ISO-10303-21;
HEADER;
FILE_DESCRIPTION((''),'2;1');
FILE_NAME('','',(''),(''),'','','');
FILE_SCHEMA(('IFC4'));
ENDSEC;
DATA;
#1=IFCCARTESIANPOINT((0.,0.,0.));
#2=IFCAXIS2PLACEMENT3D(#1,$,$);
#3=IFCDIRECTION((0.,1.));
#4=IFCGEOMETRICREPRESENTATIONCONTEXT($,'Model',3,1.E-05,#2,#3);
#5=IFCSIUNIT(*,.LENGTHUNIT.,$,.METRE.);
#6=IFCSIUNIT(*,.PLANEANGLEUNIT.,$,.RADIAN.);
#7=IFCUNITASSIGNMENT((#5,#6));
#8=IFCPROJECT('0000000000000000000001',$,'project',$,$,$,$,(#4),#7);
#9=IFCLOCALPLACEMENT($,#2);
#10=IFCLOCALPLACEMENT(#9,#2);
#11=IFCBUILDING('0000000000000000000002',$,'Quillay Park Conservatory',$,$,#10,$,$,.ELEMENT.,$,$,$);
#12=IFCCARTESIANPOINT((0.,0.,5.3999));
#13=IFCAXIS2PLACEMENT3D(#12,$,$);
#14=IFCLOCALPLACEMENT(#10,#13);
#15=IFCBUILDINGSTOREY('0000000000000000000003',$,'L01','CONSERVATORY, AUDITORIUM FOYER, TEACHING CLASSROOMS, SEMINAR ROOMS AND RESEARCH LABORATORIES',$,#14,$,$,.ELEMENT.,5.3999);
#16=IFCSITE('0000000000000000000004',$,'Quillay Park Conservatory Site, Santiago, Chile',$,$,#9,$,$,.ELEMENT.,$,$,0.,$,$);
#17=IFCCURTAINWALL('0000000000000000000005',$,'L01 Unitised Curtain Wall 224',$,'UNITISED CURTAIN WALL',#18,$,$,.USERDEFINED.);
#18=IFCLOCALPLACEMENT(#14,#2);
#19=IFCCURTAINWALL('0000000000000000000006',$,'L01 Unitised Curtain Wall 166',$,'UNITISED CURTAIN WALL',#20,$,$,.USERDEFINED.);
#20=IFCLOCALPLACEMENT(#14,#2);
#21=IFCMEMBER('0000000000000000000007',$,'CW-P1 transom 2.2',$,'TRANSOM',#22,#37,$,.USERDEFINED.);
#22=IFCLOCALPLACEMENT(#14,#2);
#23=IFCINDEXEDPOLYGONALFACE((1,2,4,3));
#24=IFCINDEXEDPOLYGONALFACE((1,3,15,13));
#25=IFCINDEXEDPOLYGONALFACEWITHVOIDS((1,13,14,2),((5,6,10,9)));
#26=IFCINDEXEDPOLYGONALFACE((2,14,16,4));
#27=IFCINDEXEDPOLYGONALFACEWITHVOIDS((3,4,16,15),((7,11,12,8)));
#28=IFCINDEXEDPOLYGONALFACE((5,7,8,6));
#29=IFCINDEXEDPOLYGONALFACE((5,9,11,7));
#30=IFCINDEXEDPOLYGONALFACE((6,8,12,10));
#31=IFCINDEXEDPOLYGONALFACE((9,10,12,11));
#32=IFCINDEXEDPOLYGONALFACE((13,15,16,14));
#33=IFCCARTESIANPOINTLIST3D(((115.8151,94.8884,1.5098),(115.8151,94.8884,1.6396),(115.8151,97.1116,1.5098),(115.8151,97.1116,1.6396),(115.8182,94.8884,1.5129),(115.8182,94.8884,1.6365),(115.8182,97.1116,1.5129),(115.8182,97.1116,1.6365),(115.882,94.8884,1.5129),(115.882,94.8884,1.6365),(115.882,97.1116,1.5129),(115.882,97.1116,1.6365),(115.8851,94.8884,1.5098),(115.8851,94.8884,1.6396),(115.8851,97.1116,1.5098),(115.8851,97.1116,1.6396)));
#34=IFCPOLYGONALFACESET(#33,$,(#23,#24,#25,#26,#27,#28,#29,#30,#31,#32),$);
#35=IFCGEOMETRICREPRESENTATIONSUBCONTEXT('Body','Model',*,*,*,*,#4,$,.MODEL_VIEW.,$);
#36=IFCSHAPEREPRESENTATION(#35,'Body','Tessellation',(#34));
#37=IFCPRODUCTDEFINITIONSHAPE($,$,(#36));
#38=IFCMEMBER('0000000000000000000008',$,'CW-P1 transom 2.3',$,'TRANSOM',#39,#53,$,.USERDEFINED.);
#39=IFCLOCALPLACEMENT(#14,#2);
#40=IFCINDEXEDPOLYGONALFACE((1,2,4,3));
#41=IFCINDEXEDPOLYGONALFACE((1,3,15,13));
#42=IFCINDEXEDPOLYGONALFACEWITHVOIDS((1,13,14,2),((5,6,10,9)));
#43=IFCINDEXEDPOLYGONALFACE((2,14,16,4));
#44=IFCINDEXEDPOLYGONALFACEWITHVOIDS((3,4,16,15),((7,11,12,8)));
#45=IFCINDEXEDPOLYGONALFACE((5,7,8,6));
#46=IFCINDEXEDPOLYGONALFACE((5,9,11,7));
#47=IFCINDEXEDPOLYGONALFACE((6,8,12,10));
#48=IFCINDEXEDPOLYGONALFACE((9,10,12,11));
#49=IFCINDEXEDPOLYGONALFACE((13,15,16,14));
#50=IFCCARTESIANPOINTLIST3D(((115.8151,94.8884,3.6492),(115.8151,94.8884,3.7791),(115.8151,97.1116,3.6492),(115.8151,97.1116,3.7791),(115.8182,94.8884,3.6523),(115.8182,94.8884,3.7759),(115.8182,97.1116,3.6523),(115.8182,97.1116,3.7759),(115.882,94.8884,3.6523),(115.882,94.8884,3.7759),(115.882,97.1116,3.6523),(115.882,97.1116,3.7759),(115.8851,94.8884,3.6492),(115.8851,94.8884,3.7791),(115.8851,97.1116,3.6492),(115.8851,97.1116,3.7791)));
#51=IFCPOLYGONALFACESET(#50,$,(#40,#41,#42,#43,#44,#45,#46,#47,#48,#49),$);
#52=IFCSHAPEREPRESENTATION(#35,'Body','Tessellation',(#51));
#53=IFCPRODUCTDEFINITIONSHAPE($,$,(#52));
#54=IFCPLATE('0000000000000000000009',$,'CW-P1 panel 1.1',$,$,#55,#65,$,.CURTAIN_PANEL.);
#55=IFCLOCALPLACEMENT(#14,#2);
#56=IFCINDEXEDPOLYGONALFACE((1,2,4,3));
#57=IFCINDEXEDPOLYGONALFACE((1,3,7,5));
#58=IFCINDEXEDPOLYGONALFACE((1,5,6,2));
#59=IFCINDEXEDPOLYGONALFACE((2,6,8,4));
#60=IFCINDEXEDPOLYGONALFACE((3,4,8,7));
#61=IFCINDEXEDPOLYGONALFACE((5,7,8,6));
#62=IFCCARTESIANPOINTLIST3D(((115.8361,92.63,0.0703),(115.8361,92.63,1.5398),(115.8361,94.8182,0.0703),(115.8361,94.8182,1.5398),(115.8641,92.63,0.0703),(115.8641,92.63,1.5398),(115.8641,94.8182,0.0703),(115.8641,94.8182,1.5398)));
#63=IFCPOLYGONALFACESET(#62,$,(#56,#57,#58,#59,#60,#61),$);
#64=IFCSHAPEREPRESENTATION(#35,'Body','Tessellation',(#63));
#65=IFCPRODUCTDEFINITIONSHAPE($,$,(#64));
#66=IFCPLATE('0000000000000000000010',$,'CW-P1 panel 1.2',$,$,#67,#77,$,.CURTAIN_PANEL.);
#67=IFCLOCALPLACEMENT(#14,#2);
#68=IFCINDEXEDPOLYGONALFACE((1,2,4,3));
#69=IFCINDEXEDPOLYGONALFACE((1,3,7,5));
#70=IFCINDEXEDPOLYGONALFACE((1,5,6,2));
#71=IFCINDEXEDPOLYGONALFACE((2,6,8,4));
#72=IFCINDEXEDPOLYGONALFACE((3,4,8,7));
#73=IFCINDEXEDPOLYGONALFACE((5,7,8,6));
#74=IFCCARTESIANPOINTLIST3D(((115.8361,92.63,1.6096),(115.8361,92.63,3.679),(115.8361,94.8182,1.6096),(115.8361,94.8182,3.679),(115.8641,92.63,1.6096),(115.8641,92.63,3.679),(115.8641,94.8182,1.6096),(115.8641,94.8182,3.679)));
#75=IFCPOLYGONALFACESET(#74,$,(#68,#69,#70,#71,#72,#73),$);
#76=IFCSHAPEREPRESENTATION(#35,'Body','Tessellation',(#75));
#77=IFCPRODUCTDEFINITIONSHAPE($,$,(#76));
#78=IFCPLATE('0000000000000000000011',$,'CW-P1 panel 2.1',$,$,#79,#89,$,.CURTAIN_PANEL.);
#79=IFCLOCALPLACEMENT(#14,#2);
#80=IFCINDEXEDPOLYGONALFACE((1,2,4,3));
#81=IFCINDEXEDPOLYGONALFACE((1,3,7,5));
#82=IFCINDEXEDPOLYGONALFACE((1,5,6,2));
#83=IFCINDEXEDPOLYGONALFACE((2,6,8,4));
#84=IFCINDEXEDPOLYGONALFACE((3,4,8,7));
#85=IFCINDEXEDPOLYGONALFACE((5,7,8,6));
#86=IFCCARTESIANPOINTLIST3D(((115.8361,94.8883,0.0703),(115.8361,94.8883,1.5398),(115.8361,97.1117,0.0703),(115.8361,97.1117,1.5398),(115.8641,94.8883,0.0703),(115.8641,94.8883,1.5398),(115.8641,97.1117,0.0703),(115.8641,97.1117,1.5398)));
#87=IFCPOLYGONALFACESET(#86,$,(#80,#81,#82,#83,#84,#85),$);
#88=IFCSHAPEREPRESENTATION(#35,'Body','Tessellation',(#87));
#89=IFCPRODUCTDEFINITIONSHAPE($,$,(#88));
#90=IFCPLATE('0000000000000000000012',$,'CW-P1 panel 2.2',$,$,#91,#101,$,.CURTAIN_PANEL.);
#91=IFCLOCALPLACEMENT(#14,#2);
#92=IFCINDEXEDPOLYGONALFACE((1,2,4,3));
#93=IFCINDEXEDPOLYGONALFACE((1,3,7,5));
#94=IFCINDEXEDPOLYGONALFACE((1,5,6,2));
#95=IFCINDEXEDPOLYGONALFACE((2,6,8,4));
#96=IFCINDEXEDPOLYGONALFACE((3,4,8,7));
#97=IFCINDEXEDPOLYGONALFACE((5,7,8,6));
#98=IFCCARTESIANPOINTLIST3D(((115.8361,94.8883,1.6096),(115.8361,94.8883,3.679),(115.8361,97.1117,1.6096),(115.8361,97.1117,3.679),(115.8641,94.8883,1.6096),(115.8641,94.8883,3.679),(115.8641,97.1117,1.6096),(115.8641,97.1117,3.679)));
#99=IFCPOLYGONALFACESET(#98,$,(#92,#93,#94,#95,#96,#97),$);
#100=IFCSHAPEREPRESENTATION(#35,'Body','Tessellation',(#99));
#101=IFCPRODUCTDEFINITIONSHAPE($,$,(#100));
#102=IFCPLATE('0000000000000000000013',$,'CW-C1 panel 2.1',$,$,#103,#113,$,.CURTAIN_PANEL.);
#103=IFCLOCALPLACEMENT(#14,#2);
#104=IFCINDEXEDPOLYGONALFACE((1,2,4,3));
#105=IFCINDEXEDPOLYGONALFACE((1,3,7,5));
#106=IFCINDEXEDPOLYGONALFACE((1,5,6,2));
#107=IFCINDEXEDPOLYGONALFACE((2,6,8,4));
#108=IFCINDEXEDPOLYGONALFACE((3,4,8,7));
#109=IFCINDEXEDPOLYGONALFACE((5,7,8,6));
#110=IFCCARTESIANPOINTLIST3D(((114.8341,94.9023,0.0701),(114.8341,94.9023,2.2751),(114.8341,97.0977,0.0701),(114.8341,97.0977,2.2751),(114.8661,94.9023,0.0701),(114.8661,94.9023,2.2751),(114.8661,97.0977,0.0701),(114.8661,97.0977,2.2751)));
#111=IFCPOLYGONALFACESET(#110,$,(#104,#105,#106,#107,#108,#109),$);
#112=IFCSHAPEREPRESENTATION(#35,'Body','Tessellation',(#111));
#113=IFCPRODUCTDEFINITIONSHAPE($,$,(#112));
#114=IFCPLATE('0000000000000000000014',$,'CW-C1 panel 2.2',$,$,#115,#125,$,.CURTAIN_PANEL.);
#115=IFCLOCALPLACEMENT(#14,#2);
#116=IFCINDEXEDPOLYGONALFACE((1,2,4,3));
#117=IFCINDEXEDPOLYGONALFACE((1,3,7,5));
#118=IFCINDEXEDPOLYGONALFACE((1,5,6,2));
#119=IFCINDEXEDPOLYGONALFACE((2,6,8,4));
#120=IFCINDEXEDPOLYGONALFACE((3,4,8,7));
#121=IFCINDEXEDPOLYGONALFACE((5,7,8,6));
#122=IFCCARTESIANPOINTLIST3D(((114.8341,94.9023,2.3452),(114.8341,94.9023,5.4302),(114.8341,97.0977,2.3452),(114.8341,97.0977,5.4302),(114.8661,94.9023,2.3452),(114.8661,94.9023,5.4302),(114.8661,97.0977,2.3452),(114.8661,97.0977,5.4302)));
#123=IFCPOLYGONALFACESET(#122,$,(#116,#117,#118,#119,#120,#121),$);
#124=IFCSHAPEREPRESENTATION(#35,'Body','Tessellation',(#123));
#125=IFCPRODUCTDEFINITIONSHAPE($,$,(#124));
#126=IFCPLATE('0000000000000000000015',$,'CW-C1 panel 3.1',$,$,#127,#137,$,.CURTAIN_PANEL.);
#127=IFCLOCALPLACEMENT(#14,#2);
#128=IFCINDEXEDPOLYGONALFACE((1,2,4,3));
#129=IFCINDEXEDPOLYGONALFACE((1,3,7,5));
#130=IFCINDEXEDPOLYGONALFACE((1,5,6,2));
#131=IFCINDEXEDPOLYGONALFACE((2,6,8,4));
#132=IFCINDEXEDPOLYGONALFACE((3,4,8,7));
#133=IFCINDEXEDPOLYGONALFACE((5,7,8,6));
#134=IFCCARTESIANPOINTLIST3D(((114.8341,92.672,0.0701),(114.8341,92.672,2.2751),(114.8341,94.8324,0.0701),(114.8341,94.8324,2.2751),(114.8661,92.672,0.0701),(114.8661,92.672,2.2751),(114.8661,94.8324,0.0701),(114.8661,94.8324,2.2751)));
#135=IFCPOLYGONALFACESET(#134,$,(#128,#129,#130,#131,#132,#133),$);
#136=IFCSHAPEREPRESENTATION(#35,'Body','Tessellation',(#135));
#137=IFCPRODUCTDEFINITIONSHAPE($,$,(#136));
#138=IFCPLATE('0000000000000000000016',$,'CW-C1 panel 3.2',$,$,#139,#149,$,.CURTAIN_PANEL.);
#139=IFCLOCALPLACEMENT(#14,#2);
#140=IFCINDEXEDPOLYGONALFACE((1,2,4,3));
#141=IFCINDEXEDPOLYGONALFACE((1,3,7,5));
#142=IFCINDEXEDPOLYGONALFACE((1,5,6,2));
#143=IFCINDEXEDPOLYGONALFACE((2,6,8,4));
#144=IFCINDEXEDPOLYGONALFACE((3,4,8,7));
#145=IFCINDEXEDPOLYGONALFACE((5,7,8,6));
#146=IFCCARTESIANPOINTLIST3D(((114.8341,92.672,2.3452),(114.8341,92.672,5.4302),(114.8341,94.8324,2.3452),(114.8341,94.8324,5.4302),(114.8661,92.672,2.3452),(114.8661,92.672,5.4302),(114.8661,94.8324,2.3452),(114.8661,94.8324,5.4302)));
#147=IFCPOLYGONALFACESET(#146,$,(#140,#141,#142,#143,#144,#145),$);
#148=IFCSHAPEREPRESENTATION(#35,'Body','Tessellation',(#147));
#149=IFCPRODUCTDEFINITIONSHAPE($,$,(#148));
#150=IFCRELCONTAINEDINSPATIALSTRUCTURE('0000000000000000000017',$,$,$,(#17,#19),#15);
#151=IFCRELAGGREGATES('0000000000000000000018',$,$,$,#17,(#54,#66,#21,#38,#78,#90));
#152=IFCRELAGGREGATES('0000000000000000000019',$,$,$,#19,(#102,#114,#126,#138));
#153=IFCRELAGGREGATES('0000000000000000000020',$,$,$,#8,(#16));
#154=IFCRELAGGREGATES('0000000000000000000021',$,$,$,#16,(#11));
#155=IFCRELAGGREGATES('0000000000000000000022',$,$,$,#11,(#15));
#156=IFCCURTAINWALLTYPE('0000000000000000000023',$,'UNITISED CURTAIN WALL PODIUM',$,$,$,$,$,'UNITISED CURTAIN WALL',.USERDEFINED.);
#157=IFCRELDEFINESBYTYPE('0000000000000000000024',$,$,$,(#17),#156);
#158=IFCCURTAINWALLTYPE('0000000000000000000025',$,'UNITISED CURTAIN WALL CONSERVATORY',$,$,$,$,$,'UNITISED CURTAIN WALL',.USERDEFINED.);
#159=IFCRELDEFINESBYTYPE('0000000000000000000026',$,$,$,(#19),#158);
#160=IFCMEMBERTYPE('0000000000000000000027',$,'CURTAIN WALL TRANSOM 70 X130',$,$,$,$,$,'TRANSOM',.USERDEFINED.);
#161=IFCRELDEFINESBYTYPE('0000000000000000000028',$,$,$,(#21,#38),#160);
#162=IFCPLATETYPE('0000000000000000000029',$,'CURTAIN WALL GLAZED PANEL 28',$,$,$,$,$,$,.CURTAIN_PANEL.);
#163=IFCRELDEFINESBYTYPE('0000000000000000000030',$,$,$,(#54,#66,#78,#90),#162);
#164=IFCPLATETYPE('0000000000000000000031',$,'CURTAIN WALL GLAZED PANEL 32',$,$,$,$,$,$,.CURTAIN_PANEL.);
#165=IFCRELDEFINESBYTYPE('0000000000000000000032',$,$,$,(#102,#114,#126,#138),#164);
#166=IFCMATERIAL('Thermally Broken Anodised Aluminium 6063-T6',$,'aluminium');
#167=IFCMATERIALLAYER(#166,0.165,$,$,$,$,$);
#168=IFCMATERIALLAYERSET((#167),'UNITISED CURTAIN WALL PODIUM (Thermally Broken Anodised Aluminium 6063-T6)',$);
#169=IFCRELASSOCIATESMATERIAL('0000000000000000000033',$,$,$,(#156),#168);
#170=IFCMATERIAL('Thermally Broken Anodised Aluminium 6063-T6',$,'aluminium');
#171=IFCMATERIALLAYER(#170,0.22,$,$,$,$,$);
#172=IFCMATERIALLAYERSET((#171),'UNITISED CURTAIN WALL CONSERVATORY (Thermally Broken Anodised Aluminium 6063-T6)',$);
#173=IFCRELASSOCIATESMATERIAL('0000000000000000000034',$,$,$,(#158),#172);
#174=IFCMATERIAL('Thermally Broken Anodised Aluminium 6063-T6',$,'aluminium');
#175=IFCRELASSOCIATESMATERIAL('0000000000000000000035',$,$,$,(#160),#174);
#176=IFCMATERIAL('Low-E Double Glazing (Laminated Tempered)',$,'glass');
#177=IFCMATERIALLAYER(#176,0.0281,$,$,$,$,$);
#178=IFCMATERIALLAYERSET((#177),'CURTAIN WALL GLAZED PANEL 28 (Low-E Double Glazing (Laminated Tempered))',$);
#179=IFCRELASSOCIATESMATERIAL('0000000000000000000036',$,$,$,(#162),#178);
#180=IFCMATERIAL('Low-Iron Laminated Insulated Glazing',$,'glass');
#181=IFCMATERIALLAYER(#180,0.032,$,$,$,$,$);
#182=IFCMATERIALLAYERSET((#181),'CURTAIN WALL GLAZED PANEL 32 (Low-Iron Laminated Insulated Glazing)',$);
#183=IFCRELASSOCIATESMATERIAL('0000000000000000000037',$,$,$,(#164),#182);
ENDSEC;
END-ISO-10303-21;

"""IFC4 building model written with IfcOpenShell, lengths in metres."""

from ifc_helpers import new_model, si_unit, direction, frame, origin, origin_2d, place, context, subcontext, project, spatial, rectangle, hollow_rectangle, extrude, material, layer, layer_set, material_profile, profile_set, type_object, element, aggregate, save


model = new_model("IFC4")

# Units and contexts
model_context = context("Model", 3, precision=1e-05, world=origin(), true_north=direction((0.0, 1.0)))
body_context = subcontext(model_context, "Body", "Model", "MODEL_VIEW")
ifc_project = project(units=[si_unit("LENGTHUNIT", "METRE"), si_unit("PLANEANGLEUNIT", "RADIAN")], contexts=[model_context])

# Site, building, storey
site_placement = place(None, origin())
site = spatial("IfcSite", under=ifc_project, at=site_placement, Name="Quillay Park Conservatory Site, Santiago, Chile", CompositionType="ELEMENT", RefElevation=0.0)
building_placement = place(site_placement, origin())
building = spatial("IfcBuilding", under=site, at=building_placement, Name="Quillay Park Conservatory", CompositionType="ELEMENT")
storey_placement = place(building_placement, frame((0.0, 0.0, 5.3999)))
storey = spatial("IfcBuildingStorey", under=building, at=storey_placement, Name="L01", Description="CONSERVATORY, AUDITORIUM FOYER, TEACHING CLASSROOMS, SEMINAR ROOMS AND RESEARCH LABORATORIES", CompositionType="ELEMENT", Elevation=5.3999)

# Curtain wall
ifc_material_1 = material(Name="Thermally Broken Anodised Aluminium 6063-T6", Category="aluminium")
ifc_layer_1 = layer(ifc_material_1, 0.165)
ifc_layer_set_1 = layer_set([ifc_layer_1], Name="UNITISED CURTAIN WALL PODIUM (Thermally Broken Anodised Aluminium 6063-T6)")
curtain_wall_type_1 = type_object("IfcCurtainWallType", Name="UNITISED CURTAIN WALL PODIUM", ElementType="UNITISED CURTAIN WALL", PredefinedType="USERDEFINED", material=ifc_layer_set_1)
curtain_wall_1_placement = place(storey_placement, origin())
curtain_wall_1 = element("IfcCurtainWall", 1, at=curtain_wall_1_placement, inside=storey, type_object=curtain_wall_type_1, Name="L01 Unitised Curtain Wall 224", ObjectType="UNITISED CURTAIN WALL", PredefinedType="USERDEFINED")

# Curtain wall
ifc_material_2 = material(Name="Thermally Broken Anodised Aluminium 6063-T6", Category="aluminium")
ifc_layer_2 = layer(ifc_material_2, 0.22)
ifc_layer_set_2 = layer_set([ifc_layer_2], Name="UNITISED CURTAIN WALL CONSERVATORY (Thermally Broken Anodised Aluminium 6063-T6)")
curtain_wall_type_2 = type_object("IfcCurtainWallType", Name="UNITISED CURTAIN WALL CONSERVATORY", ElementType="UNITISED CURTAIN WALL", PredefinedType="USERDEFINED", material=ifc_layer_set_2)
curtain_wall_2_placement = place(storey_placement, origin())
curtain_wall_2 = element("IfcCurtainWall", 2, at=curtain_wall_2_placement, inside=storey, type_object=curtain_wall_type_2, Name="L01 Unitised Curtain Wall 166", ObjectType="UNITISED CURTAIN WALL", PredefinedType="USERDEFINED")
ifc_material_3 = material(Name="Thermally Broken Anodised Aluminium 6063-T6", Category="aluminium")
ifc_material_profile_1 = material_profile(ifc_material_3, hollow_rectangle(XDim=0.0701, YDim=0.1299, WallThickness=0.0032, at=origin_2d()), Name="AL70x130x3.2")
ifc_profile_set_1 = profile_set([ifc_material_profile_1], Name="Thermally Broken Anodised Aluminium 6063-T6")
member_type_1 = type_object("IfcMemberType", Name="CURTAIN WALL TRANSOM 70 X130", ElementType="TRANSOM", PredefinedType="USERDEFINED", material=ifc_profile_set_1)

# Members
member_1_placement = place(storey_placement, frame((115.8501, 94.8884, 1.5747), z_axis=(0.0, 1.0, 0.0), x_axis=(-1.0, 0.0, 0.0)))
member_1 = element("IfcMember", 3, at=member_1_placement, type_object=member_type_1, Name="CW-P1 transom 2.2", ObjectType="TRANSOM", PredefinedType="USERDEFINED", context=body_context, shape_type="SweptSolid", body=[
    extrude(hollow_rectangle(XDim=0.0701, YDim=0.1299, WallThickness=0.0032, at=origin_2d()), origin(), (0.0, 0.0, 1.0), 2.2231),
])
member_2_placement = place(storey_placement, frame((115.8501, 94.8884, 3.7141), z_axis=(0.0, 1.0, 0.0), x_axis=(-1.0, 0.0, 0.0)))
member_2 = element("IfcMember", 4, at=member_2_placement, type_object=member_type_1, Name="CW-P1 transom 2.3", ObjectType="TRANSOM", PredefinedType="USERDEFINED", context=body_context, shape_type="SweptSolid", body=[
    extrude(hollow_rectangle(XDim=0.0701, YDim=0.1299, WallThickness=0.0032, at=origin_2d()), origin(), (0.0, 0.0, 1.0), 2.2231),
])

# Plates
ifc_material_4 = material(Name="Low-E Double Glazing (Laminated Tempered)", Category="glass")
ifc_layer_3 = layer(ifc_material_4, 0.0281)
ifc_layer_set_3 = layer_set([ifc_layer_3], Name="CURTAIN WALL GLAZED PANEL 28 (Low-E Double Glazing (Laminated Tempered))")
plate_type_1 = type_object("IfcPlateType", Name="CURTAIN WALL GLAZED PANEL 28", PredefinedType="CURTAIN_PANEL", material=ifc_layer_set_3)
plate_1_placement = place(storey_placement, frame((115.8501, 93.7241, 0.0703), z_axis=(0.0, 0.0, 1.0), x_axis=(0.0, 1.0, 0.0)))
plate_1 = element("IfcPlate", 5, at=plate_1_placement, type_object=plate_type_1, Name="CW-P1 panel 1.1", PredefinedType="CURTAIN_PANEL", context=body_context, shape_type="SweptSolid", body=[
    extrude(rectangle(XDim=2.1882, YDim=0.0281, at=origin_2d()), origin(), (0.0, 0.0, 1.0), 1.4695),
])
plate_2_placement = place(storey_placement, frame((115.8501, 93.7241, 1.6096), z_axis=(0.0, 0.0, 1.0), x_axis=(0.0, 1.0, 0.0)))
plate_2 = element("IfcPlate", 6, at=plate_2_placement, type_object=plate_type_1, Name="CW-P1 panel 1.2", PredefinedType="CURTAIN_PANEL", context=body_context, shape_type="SweptSolid", body=[
    extrude(rectangle(XDim=2.1882, YDim=0.0281, at=origin_2d()), origin(), (0.0, 0.0, 1.0), 2.0693),
])
plate_3_placement = place(storey_placement, frame((115.8501, 96.0, 0.0703), z_axis=(0.0, 0.0, 1.0), x_axis=(0.0, 1.0, 0.0)))
plate_3 = element("IfcPlate", 7, at=plate_3_placement, type_object=plate_type_1, Name="CW-P1 panel 2.1", PredefinedType="CURTAIN_PANEL", context=body_context, shape_type="SweptSolid", body=[
    extrude(rectangle(XDim=2.2234, YDim=0.0281, at=origin_2d()), origin(), (0.0, 0.0, 1.0), 1.4695),
])
plate_4_placement = place(storey_placement, frame((115.8501, 96.0, 1.6096), z_axis=(0.0, 0.0, 1.0), x_axis=(0.0, 1.0, 0.0)))
plate_4 = element("IfcPlate", 8, at=plate_4_placement, type_object=plate_type_1, Name="CW-P1 panel 2.2", PredefinedType="CURTAIN_PANEL", context=body_context, shape_type="SweptSolid", body=[
    extrude(rectangle(XDim=2.2234, YDim=0.0281, at=origin_2d()), origin(), (0.0, 0.0, 1.0), 2.0693),
])
aggregate(curtain_wall_1, [plate_1, plate_2, member_1, member_2, plate_3, plate_4])
ifc_material_5 = material(Name="Low-Iron Laminated Insulated Glazing", Category="glass")
ifc_layer_4 = layer(ifc_material_5, 0.032)
ifc_layer_set_4 = layer_set([ifc_layer_4], Name="CURTAIN WALL GLAZED PANEL 32 (Low-Iron Laminated Insulated Glazing)")
plate_type_2 = type_object("IfcPlateType", Name="CURTAIN WALL GLAZED PANEL 32", PredefinedType="CURTAIN_PANEL", material=ifc_layer_set_4)
plate_5_placement = place(storey_placement, frame((114.8501, 96.0, 0.0701), z_axis=(0.0, 0.0, 1.0), x_axis=(0.0, -1.0, 0.0)))
plate_5 = element("IfcPlate", 9, at=plate_5_placement, type_object=plate_type_2, Name="CW-C1 panel 2.1", PredefinedType="CURTAIN_PANEL", context=body_context, shape_type="SweptSolid", body=[
    extrude(rectangle(XDim=2.1953, YDim=0.032, at=origin_2d()), origin(), (0.0, 0.0, 1.0), 2.2051),
])
plate_6_placement = place(storey_placement, frame((114.8501, 96.0, 2.3452), z_axis=(0.0, 0.0, 1.0), x_axis=(0.0, -1.0, 0.0)))
plate_6 = element("IfcPlate", 10, at=plate_6_placement, type_object=plate_type_2, Name="CW-C1 panel 2.2", PredefinedType="CURTAIN_PANEL", context=body_context, shape_type="SweptSolid", body=[
    extrude(rectangle(XDim=2.1953, YDim=0.032, at=origin_2d()), origin(), (0.0, 0.0, 1.0), 3.085),
])
plate_7_placement = place(storey_placement, frame((114.8501, 93.7522, 0.0701), z_axis=(0.0, 0.0, 1.0), x_axis=(0.0, -1.0, 0.0)))
plate_7 = element("IfcPlate", 11, at=plate_7_placement, type_object=plate_type_2, Name="CW-C1 panel 3.1", PredefinedType="CURTAIN_PANEL", context=body_context, shape_type="SweptSolid", body=[
    extrude(rectangle(XDim=2.1604, YDim=0.032, at=origin_2d()), origin(), (0.0, 0.0, 1.0), 2.2051),
])
plate_8_placement = place(storey_placement, frame((114.8501, 93.7522, 2.3452), z_axis=(0.0, 0.0, 1.0), x_axis=(0.0, -1.0, 0.0)))
plate_8 = element("IfcPlate", 12, at=plate_8_placement, type_object=plate_type_2, Name="CW-C1 panel 3.2", PredefinedType="CURTAIN_PANEL", context=body_context, shape_type="SweptSolid", body=[
    extrude(rectangle(XDim=2.1604, YDim=0.032, at=origin_2d()), origin(), (0.0, 0.0, 1.0), 3.085),
])
aggregate(curtain_wall_2, [plate_5, plate_6, plate_7, plate_8])

save(model, "model.ifc")
